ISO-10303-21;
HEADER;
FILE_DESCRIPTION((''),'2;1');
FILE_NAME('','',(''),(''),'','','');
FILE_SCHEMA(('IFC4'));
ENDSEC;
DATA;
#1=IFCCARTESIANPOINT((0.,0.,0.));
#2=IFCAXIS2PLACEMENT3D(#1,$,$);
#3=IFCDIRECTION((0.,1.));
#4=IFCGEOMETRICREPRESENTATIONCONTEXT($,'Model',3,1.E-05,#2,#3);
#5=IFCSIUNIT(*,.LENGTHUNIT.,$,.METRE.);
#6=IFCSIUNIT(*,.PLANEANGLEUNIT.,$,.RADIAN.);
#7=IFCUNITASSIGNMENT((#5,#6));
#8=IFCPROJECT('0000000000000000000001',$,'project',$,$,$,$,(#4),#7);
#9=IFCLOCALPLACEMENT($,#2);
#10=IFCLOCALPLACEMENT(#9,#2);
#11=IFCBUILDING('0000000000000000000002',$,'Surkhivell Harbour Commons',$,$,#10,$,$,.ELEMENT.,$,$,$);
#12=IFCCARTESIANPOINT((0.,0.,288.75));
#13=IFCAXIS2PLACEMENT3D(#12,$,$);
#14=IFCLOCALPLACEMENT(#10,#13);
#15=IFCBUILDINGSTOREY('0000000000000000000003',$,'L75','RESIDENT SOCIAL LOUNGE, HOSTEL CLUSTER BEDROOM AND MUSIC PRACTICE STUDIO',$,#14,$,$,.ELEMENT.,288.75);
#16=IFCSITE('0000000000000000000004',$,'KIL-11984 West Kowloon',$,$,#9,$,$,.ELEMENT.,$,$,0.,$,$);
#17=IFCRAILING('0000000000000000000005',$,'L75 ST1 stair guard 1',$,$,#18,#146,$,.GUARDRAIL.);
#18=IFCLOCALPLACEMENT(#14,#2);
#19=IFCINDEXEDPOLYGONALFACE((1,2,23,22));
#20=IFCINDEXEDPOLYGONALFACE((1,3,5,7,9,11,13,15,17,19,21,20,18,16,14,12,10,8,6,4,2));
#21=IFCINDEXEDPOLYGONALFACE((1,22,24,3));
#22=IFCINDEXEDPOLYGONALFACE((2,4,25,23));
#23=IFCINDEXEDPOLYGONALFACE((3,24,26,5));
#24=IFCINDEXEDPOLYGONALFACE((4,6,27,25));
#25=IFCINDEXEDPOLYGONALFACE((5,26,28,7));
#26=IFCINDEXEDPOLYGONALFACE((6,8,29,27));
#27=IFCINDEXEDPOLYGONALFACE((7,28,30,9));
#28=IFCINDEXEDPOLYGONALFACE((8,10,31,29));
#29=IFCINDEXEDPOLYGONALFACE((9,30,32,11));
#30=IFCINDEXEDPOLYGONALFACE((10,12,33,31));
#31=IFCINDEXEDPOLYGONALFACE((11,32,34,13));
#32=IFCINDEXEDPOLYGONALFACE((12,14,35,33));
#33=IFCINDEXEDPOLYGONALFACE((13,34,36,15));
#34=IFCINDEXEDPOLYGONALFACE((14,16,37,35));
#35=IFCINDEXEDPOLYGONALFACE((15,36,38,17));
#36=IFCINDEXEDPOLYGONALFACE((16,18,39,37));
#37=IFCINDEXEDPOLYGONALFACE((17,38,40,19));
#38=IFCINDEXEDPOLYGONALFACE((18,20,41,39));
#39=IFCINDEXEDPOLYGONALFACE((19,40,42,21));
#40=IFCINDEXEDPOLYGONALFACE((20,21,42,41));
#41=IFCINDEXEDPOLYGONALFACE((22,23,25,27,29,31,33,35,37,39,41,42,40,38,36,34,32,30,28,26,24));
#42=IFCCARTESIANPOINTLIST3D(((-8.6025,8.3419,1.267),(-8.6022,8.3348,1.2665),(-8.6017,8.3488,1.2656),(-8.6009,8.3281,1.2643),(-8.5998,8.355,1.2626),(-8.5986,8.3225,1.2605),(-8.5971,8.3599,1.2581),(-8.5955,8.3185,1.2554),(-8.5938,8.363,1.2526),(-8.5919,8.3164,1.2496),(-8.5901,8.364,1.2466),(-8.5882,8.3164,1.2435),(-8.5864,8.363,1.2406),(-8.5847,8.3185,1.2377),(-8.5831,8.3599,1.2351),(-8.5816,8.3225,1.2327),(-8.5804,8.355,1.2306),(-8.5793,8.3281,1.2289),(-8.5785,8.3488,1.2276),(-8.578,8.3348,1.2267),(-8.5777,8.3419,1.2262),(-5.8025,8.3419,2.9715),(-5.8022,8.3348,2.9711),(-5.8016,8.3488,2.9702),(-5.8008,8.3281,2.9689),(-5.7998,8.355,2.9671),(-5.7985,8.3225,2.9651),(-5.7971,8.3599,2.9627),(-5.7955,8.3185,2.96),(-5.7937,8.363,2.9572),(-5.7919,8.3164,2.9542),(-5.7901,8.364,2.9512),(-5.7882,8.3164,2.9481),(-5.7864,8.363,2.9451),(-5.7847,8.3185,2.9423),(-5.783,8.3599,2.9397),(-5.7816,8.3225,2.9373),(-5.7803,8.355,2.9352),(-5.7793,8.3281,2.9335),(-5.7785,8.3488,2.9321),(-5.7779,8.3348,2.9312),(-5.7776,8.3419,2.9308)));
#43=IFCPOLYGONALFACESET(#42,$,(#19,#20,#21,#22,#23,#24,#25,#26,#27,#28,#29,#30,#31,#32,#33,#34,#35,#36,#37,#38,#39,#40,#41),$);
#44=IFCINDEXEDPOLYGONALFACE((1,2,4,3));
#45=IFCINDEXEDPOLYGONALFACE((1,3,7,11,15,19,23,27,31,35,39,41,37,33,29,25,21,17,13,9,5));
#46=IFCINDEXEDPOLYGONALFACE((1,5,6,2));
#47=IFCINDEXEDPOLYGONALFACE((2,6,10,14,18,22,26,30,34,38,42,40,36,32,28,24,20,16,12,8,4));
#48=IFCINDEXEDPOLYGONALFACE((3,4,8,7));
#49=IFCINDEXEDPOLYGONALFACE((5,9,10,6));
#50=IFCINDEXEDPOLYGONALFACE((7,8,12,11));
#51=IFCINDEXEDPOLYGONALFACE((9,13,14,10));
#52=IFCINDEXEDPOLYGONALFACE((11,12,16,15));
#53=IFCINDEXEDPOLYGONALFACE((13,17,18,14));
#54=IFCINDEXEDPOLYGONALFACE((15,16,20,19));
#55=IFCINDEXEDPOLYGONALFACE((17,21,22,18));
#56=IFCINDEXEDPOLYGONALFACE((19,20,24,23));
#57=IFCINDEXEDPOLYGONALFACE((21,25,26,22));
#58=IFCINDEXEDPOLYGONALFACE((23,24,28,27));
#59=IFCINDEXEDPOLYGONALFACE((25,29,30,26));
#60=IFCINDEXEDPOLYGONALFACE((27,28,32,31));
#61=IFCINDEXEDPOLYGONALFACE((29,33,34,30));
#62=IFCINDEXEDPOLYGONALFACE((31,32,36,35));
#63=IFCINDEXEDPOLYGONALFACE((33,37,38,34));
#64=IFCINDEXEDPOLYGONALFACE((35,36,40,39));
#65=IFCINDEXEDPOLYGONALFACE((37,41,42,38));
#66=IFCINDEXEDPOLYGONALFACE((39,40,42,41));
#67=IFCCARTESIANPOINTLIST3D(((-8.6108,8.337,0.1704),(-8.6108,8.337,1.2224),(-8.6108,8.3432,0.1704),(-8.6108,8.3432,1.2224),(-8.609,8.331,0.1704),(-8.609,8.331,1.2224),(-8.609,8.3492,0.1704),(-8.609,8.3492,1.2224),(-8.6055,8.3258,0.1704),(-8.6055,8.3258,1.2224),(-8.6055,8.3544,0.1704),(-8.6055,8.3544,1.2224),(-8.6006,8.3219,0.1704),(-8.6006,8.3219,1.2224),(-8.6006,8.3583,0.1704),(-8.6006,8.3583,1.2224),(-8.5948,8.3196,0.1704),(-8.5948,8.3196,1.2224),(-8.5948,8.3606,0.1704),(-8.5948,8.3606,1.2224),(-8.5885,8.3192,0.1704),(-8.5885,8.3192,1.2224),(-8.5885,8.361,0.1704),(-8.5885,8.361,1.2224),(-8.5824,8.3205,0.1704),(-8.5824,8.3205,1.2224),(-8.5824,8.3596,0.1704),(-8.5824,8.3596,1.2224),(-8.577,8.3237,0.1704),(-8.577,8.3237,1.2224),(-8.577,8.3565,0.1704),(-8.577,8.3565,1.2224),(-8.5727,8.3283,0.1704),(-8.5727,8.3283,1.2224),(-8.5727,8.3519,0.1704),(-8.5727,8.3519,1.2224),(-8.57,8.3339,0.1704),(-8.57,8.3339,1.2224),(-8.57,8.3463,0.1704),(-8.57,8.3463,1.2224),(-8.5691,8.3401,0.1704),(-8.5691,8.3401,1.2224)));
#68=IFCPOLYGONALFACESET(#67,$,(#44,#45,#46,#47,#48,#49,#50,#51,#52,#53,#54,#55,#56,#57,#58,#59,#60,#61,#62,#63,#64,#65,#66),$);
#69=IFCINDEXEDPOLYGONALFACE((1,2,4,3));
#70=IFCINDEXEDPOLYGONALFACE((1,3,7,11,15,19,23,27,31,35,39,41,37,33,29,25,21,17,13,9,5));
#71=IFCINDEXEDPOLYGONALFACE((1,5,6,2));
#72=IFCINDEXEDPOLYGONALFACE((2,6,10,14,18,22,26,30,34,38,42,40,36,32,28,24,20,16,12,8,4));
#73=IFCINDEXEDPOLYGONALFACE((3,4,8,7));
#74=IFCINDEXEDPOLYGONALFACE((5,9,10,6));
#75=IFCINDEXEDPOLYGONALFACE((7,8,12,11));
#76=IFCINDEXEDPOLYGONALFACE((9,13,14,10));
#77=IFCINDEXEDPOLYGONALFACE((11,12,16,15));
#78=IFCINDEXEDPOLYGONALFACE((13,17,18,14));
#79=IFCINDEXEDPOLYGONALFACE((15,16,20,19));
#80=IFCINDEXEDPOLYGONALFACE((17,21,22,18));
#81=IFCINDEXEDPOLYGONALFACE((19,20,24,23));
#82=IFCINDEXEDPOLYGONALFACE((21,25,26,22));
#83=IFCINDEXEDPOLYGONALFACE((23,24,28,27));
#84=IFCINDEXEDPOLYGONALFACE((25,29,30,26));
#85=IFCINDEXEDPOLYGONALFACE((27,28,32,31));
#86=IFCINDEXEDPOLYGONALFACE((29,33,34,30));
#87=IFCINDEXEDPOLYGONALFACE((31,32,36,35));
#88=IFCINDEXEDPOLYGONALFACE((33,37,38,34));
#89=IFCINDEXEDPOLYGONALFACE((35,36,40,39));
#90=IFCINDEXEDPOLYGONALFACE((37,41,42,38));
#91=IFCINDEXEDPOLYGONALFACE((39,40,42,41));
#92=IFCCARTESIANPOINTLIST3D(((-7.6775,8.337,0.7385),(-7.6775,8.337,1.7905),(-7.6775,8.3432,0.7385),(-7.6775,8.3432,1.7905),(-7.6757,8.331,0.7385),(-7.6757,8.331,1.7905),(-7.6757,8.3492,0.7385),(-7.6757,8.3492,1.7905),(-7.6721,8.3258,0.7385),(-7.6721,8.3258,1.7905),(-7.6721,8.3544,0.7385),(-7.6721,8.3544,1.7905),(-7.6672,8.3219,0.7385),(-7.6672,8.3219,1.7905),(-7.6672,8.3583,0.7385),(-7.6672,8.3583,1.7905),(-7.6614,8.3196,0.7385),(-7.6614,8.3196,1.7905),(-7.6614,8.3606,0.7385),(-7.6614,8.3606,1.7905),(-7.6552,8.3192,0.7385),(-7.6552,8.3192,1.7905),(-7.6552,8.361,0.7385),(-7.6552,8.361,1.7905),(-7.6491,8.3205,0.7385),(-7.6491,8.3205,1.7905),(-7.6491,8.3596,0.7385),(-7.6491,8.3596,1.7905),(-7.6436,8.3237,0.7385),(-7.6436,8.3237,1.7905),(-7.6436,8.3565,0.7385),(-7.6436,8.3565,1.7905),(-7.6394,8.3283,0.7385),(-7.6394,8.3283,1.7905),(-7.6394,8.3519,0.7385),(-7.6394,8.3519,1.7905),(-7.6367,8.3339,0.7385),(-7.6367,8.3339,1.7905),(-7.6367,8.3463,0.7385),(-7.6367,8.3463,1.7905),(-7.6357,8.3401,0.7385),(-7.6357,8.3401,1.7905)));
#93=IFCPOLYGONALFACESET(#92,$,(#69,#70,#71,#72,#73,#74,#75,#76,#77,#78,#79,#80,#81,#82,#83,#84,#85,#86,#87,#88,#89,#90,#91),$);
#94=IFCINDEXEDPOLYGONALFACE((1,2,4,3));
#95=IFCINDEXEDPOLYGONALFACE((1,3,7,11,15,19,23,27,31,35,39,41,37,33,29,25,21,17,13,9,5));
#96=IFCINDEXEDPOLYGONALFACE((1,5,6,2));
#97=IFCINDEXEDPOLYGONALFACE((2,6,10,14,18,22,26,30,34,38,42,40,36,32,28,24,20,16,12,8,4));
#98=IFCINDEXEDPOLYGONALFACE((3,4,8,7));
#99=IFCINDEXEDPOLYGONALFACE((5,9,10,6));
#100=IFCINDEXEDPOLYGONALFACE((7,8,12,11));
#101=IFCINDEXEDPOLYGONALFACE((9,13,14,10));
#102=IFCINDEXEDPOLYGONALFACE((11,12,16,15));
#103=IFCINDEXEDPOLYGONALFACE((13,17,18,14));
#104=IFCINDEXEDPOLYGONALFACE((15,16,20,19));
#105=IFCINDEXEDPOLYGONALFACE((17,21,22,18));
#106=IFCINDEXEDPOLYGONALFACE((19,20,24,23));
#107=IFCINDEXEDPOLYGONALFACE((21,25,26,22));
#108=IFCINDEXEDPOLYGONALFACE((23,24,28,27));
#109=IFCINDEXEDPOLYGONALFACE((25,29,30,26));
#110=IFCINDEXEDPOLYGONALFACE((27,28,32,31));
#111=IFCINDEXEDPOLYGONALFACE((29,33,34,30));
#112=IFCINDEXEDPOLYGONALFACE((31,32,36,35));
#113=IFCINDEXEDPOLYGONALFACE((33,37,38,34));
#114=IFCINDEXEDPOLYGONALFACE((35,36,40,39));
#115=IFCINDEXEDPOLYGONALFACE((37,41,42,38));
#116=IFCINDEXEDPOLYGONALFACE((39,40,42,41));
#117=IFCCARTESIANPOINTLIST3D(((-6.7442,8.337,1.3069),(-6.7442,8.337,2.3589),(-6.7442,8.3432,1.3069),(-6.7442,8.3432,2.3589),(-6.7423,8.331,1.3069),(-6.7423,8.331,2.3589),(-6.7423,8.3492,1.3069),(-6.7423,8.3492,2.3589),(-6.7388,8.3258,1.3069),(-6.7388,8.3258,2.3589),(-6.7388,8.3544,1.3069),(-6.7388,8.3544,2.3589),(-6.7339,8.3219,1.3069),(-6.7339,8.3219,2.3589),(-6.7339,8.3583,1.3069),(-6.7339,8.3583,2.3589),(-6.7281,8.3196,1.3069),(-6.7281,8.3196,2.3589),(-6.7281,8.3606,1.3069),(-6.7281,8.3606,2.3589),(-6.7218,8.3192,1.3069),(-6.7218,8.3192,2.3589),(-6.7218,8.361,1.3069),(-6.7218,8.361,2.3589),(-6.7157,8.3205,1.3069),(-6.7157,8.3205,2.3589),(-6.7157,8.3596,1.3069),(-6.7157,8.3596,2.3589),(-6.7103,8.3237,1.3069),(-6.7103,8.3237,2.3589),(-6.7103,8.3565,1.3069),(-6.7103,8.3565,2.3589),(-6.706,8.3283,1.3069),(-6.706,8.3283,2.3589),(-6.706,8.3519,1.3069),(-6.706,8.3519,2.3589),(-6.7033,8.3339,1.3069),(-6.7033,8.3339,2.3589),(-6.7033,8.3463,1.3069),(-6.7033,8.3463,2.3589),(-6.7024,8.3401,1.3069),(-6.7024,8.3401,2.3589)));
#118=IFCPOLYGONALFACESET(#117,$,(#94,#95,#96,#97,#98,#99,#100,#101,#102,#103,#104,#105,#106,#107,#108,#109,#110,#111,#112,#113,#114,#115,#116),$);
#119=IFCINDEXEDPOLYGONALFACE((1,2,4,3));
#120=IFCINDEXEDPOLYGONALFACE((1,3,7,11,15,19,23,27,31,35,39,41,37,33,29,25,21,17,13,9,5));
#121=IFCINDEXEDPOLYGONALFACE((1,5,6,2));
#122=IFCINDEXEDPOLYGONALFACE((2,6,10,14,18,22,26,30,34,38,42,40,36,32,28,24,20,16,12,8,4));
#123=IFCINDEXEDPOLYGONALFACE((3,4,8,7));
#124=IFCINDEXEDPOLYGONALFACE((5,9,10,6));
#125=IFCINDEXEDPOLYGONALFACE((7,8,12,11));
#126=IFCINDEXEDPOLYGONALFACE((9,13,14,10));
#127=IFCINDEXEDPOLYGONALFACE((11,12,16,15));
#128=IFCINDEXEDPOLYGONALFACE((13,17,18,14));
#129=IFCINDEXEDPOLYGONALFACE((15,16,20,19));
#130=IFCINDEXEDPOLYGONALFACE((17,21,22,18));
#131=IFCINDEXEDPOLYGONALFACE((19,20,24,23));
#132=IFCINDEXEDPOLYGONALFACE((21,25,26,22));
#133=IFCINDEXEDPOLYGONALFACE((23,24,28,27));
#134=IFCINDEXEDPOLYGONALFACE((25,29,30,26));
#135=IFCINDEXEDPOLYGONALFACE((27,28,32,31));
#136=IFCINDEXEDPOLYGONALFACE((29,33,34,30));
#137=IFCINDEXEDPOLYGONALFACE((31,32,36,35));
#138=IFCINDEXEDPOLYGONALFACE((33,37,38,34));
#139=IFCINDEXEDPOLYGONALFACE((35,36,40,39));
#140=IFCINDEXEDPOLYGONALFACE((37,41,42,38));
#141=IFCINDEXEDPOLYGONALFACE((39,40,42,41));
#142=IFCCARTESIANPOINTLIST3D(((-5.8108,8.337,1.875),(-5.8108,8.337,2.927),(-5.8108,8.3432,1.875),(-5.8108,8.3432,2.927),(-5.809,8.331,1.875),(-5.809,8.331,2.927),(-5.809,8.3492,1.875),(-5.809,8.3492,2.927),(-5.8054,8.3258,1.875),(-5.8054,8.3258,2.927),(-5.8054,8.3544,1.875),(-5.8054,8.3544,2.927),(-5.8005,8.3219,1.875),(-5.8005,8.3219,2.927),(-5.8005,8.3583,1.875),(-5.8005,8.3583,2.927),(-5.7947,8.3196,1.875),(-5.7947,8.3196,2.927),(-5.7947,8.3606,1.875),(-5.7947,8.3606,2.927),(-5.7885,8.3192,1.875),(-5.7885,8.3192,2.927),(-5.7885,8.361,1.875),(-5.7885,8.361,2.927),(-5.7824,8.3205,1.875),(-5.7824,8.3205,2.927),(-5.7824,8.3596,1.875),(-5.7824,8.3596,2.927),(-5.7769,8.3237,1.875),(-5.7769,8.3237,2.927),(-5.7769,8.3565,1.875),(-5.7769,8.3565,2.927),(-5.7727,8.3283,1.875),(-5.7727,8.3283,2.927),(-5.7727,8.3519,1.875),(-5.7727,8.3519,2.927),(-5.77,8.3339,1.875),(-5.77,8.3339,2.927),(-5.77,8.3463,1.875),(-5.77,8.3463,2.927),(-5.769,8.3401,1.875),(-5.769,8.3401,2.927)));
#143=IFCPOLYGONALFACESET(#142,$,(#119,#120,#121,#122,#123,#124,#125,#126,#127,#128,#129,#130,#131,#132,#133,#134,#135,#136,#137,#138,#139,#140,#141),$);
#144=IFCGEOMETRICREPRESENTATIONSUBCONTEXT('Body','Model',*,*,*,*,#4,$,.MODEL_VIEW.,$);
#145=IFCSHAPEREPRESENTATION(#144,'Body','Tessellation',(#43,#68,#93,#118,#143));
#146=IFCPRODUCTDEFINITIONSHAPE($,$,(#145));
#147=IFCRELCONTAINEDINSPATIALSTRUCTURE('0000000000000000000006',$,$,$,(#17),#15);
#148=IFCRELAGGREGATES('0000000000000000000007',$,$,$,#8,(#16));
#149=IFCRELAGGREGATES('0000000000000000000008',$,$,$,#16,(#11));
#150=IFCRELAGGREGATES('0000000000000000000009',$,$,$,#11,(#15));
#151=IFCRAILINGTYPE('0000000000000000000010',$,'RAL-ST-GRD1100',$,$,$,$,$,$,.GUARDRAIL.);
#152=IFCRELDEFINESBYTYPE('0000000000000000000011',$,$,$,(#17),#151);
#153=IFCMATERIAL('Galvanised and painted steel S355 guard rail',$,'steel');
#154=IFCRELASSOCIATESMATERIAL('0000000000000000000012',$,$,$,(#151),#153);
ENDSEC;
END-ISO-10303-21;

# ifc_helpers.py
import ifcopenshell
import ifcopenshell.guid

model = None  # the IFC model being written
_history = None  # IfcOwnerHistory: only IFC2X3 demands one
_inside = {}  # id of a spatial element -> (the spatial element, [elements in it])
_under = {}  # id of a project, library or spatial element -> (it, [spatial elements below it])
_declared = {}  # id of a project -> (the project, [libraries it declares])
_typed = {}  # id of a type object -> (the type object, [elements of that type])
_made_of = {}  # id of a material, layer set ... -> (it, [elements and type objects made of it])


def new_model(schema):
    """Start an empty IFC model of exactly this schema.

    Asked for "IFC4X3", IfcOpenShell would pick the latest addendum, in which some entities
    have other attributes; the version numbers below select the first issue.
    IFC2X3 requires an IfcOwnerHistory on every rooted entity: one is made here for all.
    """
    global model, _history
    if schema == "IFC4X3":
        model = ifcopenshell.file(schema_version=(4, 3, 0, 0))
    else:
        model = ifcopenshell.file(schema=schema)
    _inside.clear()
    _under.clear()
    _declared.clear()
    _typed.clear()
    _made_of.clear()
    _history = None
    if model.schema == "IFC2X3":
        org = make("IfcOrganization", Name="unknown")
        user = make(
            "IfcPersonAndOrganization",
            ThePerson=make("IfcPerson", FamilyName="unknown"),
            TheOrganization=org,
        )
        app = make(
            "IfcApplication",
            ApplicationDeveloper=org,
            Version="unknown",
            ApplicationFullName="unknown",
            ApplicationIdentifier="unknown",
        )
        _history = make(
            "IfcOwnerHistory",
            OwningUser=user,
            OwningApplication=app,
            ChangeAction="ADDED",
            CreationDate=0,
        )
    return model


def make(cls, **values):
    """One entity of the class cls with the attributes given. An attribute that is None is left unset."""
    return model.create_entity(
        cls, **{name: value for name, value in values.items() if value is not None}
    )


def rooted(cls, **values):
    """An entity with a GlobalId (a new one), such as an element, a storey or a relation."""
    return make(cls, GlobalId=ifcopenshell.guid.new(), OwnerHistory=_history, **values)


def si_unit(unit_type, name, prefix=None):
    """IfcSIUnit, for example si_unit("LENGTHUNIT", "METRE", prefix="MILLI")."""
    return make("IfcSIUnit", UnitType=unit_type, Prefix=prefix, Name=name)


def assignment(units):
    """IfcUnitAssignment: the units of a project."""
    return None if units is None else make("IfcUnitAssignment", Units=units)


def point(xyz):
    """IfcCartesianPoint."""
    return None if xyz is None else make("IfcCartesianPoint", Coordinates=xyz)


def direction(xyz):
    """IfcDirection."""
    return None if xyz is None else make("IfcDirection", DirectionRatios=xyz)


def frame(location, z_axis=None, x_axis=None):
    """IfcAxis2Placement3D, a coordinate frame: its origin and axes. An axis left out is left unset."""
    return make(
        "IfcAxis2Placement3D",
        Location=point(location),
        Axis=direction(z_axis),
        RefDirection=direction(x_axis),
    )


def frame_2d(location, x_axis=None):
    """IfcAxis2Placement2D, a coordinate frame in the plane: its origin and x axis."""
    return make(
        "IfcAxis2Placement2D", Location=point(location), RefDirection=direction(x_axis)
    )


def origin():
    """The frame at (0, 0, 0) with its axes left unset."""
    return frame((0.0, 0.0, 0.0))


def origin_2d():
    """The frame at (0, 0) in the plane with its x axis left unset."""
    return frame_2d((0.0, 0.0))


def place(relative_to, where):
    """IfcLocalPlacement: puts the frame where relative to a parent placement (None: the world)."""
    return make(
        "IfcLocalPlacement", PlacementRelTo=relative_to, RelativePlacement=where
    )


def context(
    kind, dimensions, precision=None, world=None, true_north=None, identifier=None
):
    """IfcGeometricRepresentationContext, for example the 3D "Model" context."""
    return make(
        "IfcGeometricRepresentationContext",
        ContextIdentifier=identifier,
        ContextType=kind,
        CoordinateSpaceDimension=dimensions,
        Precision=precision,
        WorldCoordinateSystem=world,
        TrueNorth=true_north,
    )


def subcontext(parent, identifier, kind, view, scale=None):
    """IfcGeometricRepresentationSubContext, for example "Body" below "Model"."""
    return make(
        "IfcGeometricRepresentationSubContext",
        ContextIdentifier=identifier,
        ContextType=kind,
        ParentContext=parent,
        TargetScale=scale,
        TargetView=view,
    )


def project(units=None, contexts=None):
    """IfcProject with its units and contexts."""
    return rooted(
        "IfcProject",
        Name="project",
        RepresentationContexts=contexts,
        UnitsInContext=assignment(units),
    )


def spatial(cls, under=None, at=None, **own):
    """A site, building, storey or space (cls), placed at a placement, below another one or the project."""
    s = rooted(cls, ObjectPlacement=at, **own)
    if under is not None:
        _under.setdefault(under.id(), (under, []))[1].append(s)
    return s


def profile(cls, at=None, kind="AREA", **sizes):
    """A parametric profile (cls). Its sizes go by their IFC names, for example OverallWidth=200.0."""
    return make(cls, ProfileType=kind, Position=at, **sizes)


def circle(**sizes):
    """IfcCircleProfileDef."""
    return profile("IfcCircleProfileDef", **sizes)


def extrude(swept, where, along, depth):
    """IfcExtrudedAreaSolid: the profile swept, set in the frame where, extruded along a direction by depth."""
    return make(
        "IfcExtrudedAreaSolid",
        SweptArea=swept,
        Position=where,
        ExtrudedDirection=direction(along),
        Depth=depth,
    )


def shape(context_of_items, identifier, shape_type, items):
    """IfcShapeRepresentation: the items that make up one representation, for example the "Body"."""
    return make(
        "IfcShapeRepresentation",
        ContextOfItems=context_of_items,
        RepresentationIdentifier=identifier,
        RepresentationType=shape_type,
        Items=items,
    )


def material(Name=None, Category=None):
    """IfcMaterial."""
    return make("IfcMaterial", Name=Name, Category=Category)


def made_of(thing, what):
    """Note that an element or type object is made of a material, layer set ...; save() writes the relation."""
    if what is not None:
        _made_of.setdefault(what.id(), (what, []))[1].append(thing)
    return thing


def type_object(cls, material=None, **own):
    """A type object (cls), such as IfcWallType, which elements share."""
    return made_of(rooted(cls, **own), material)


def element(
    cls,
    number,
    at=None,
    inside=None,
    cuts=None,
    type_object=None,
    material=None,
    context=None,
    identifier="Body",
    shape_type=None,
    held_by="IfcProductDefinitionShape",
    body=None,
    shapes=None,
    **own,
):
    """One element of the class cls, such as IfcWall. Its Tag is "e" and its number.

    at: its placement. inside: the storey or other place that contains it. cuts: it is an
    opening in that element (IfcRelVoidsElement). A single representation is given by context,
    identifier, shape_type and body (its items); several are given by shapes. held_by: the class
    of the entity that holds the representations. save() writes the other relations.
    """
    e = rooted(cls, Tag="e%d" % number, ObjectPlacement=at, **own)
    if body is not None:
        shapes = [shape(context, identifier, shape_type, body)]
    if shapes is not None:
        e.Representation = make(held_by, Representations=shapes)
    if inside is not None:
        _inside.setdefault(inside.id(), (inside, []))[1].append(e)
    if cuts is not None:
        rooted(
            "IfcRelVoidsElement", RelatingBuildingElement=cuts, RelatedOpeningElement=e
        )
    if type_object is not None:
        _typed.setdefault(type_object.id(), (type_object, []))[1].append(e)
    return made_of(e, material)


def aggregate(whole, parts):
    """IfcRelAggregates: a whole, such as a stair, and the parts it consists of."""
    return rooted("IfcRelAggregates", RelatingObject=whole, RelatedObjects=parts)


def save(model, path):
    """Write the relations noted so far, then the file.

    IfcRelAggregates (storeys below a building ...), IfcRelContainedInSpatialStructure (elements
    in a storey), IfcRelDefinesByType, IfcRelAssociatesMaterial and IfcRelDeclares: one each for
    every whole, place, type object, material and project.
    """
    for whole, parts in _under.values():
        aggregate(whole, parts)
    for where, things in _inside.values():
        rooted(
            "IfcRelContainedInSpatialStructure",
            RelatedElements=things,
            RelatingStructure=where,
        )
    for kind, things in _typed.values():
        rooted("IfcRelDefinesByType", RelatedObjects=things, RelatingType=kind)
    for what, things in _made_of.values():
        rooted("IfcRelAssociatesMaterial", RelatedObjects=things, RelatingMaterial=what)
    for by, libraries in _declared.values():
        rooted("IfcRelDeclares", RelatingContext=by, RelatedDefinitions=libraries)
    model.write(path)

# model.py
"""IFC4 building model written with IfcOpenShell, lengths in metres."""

from ifc_helpers import new_model, si_unit, direction, frame, origin, origin_2d, place, context, subcontext, project, spatial, circle, extrude, material, type_object, element, save


model = new_model("IFC4")

# Units and contexts
model_context = context("Model", 3, precision=1e-05, world=origin(), true_north=direction((0.0, 1.0)))
body_context = subcontext(model_context, "Body", "Model", "MODEL_VIEW")
ifc_project = project(units=[si_unit("LENGTHUNIT", "METRE"), si_unit("PLANEANGLEUNIT", "RADIAN")], contexts=[model_context])

# Site, building, storey
site_placement = place(None, origin())
site = spatial("IfcSite", under=ifc_project, at=site_placement, Name="KIL-11984 West Kowloon", CompositionType="ELEMENT", RefElevation=0.0)
building_placement = place(site_placement, origin())
building = spatial("IfcBuilding", under=site, at=building_placement, Name="Surkhivell Harbour Commons", CompositionType="ELEMENT")
storey_placement = place(building_placement, frame((0.0, 0.0, 288.75)))
storey = spatial("IfcBuildingStorey", under=building, at=storey_placement, Name="L75", Description="RESIDENT SOCIAL LOUNGE, HOSTEL CLUSTER BEDROOM AND MUSIC PRACTICE STUDIO", CompositionType="ELEMENT", Elevation=288.75)

# Railing
ifc_material_1 = material(Name="Galvanised and painted steel S355 guard rail", Category="steel")
railing_type_1 = type_object("IfcRailingType", Name="RAL-ST-GRD1100", PredefinedType="GUARDRAIL", material=ifc_material_1)
railing_1_placement = place(storey_placement, frame((-8.5901, 8.3401, 0.1704)))
element("IfcRailing", 1, at=railing_1_placement, inside=storey, type_object=railing_type_1, Name="L75 ST1 stair guard 1", PredefinedType="GUARDRAIL", context=body_context, shape_type="SweptSolid", body=[
    extrude(circle(Radius=0.0239, at=origin_2d()), frame((0.0, 0.0, 1.0762), z_axis=(0.85417, 0.0, 0.519994), x_axis=(0.0, 1.0, 0.0)), (0.0, 0.0, 1.0), 3.2781),
    extrude(circle(Radius=0.021, at=origin_2d()), origin(), (0.0, 0.0, 1.0), 1.052),
    extrude(circle(Radius=0.021, at=origin_2d()), frame((0.9333, 0.0, 0.5681)), (0.0, 0.0, 1.0), 1.052),
    extrude(circle(Radius=0.021, at=origin_2d()), frame((1.8667, 0.0, 1.1365)), (0.0, 0.0, 1.0), 1.052),
    extrude(circle(Radius=0.021, at=origin_2d()), frame((2.8, 0.0, 1.7046)), (0.0, 0.0, 1.0), 1.052),
])

save(model, "model.ifc")
